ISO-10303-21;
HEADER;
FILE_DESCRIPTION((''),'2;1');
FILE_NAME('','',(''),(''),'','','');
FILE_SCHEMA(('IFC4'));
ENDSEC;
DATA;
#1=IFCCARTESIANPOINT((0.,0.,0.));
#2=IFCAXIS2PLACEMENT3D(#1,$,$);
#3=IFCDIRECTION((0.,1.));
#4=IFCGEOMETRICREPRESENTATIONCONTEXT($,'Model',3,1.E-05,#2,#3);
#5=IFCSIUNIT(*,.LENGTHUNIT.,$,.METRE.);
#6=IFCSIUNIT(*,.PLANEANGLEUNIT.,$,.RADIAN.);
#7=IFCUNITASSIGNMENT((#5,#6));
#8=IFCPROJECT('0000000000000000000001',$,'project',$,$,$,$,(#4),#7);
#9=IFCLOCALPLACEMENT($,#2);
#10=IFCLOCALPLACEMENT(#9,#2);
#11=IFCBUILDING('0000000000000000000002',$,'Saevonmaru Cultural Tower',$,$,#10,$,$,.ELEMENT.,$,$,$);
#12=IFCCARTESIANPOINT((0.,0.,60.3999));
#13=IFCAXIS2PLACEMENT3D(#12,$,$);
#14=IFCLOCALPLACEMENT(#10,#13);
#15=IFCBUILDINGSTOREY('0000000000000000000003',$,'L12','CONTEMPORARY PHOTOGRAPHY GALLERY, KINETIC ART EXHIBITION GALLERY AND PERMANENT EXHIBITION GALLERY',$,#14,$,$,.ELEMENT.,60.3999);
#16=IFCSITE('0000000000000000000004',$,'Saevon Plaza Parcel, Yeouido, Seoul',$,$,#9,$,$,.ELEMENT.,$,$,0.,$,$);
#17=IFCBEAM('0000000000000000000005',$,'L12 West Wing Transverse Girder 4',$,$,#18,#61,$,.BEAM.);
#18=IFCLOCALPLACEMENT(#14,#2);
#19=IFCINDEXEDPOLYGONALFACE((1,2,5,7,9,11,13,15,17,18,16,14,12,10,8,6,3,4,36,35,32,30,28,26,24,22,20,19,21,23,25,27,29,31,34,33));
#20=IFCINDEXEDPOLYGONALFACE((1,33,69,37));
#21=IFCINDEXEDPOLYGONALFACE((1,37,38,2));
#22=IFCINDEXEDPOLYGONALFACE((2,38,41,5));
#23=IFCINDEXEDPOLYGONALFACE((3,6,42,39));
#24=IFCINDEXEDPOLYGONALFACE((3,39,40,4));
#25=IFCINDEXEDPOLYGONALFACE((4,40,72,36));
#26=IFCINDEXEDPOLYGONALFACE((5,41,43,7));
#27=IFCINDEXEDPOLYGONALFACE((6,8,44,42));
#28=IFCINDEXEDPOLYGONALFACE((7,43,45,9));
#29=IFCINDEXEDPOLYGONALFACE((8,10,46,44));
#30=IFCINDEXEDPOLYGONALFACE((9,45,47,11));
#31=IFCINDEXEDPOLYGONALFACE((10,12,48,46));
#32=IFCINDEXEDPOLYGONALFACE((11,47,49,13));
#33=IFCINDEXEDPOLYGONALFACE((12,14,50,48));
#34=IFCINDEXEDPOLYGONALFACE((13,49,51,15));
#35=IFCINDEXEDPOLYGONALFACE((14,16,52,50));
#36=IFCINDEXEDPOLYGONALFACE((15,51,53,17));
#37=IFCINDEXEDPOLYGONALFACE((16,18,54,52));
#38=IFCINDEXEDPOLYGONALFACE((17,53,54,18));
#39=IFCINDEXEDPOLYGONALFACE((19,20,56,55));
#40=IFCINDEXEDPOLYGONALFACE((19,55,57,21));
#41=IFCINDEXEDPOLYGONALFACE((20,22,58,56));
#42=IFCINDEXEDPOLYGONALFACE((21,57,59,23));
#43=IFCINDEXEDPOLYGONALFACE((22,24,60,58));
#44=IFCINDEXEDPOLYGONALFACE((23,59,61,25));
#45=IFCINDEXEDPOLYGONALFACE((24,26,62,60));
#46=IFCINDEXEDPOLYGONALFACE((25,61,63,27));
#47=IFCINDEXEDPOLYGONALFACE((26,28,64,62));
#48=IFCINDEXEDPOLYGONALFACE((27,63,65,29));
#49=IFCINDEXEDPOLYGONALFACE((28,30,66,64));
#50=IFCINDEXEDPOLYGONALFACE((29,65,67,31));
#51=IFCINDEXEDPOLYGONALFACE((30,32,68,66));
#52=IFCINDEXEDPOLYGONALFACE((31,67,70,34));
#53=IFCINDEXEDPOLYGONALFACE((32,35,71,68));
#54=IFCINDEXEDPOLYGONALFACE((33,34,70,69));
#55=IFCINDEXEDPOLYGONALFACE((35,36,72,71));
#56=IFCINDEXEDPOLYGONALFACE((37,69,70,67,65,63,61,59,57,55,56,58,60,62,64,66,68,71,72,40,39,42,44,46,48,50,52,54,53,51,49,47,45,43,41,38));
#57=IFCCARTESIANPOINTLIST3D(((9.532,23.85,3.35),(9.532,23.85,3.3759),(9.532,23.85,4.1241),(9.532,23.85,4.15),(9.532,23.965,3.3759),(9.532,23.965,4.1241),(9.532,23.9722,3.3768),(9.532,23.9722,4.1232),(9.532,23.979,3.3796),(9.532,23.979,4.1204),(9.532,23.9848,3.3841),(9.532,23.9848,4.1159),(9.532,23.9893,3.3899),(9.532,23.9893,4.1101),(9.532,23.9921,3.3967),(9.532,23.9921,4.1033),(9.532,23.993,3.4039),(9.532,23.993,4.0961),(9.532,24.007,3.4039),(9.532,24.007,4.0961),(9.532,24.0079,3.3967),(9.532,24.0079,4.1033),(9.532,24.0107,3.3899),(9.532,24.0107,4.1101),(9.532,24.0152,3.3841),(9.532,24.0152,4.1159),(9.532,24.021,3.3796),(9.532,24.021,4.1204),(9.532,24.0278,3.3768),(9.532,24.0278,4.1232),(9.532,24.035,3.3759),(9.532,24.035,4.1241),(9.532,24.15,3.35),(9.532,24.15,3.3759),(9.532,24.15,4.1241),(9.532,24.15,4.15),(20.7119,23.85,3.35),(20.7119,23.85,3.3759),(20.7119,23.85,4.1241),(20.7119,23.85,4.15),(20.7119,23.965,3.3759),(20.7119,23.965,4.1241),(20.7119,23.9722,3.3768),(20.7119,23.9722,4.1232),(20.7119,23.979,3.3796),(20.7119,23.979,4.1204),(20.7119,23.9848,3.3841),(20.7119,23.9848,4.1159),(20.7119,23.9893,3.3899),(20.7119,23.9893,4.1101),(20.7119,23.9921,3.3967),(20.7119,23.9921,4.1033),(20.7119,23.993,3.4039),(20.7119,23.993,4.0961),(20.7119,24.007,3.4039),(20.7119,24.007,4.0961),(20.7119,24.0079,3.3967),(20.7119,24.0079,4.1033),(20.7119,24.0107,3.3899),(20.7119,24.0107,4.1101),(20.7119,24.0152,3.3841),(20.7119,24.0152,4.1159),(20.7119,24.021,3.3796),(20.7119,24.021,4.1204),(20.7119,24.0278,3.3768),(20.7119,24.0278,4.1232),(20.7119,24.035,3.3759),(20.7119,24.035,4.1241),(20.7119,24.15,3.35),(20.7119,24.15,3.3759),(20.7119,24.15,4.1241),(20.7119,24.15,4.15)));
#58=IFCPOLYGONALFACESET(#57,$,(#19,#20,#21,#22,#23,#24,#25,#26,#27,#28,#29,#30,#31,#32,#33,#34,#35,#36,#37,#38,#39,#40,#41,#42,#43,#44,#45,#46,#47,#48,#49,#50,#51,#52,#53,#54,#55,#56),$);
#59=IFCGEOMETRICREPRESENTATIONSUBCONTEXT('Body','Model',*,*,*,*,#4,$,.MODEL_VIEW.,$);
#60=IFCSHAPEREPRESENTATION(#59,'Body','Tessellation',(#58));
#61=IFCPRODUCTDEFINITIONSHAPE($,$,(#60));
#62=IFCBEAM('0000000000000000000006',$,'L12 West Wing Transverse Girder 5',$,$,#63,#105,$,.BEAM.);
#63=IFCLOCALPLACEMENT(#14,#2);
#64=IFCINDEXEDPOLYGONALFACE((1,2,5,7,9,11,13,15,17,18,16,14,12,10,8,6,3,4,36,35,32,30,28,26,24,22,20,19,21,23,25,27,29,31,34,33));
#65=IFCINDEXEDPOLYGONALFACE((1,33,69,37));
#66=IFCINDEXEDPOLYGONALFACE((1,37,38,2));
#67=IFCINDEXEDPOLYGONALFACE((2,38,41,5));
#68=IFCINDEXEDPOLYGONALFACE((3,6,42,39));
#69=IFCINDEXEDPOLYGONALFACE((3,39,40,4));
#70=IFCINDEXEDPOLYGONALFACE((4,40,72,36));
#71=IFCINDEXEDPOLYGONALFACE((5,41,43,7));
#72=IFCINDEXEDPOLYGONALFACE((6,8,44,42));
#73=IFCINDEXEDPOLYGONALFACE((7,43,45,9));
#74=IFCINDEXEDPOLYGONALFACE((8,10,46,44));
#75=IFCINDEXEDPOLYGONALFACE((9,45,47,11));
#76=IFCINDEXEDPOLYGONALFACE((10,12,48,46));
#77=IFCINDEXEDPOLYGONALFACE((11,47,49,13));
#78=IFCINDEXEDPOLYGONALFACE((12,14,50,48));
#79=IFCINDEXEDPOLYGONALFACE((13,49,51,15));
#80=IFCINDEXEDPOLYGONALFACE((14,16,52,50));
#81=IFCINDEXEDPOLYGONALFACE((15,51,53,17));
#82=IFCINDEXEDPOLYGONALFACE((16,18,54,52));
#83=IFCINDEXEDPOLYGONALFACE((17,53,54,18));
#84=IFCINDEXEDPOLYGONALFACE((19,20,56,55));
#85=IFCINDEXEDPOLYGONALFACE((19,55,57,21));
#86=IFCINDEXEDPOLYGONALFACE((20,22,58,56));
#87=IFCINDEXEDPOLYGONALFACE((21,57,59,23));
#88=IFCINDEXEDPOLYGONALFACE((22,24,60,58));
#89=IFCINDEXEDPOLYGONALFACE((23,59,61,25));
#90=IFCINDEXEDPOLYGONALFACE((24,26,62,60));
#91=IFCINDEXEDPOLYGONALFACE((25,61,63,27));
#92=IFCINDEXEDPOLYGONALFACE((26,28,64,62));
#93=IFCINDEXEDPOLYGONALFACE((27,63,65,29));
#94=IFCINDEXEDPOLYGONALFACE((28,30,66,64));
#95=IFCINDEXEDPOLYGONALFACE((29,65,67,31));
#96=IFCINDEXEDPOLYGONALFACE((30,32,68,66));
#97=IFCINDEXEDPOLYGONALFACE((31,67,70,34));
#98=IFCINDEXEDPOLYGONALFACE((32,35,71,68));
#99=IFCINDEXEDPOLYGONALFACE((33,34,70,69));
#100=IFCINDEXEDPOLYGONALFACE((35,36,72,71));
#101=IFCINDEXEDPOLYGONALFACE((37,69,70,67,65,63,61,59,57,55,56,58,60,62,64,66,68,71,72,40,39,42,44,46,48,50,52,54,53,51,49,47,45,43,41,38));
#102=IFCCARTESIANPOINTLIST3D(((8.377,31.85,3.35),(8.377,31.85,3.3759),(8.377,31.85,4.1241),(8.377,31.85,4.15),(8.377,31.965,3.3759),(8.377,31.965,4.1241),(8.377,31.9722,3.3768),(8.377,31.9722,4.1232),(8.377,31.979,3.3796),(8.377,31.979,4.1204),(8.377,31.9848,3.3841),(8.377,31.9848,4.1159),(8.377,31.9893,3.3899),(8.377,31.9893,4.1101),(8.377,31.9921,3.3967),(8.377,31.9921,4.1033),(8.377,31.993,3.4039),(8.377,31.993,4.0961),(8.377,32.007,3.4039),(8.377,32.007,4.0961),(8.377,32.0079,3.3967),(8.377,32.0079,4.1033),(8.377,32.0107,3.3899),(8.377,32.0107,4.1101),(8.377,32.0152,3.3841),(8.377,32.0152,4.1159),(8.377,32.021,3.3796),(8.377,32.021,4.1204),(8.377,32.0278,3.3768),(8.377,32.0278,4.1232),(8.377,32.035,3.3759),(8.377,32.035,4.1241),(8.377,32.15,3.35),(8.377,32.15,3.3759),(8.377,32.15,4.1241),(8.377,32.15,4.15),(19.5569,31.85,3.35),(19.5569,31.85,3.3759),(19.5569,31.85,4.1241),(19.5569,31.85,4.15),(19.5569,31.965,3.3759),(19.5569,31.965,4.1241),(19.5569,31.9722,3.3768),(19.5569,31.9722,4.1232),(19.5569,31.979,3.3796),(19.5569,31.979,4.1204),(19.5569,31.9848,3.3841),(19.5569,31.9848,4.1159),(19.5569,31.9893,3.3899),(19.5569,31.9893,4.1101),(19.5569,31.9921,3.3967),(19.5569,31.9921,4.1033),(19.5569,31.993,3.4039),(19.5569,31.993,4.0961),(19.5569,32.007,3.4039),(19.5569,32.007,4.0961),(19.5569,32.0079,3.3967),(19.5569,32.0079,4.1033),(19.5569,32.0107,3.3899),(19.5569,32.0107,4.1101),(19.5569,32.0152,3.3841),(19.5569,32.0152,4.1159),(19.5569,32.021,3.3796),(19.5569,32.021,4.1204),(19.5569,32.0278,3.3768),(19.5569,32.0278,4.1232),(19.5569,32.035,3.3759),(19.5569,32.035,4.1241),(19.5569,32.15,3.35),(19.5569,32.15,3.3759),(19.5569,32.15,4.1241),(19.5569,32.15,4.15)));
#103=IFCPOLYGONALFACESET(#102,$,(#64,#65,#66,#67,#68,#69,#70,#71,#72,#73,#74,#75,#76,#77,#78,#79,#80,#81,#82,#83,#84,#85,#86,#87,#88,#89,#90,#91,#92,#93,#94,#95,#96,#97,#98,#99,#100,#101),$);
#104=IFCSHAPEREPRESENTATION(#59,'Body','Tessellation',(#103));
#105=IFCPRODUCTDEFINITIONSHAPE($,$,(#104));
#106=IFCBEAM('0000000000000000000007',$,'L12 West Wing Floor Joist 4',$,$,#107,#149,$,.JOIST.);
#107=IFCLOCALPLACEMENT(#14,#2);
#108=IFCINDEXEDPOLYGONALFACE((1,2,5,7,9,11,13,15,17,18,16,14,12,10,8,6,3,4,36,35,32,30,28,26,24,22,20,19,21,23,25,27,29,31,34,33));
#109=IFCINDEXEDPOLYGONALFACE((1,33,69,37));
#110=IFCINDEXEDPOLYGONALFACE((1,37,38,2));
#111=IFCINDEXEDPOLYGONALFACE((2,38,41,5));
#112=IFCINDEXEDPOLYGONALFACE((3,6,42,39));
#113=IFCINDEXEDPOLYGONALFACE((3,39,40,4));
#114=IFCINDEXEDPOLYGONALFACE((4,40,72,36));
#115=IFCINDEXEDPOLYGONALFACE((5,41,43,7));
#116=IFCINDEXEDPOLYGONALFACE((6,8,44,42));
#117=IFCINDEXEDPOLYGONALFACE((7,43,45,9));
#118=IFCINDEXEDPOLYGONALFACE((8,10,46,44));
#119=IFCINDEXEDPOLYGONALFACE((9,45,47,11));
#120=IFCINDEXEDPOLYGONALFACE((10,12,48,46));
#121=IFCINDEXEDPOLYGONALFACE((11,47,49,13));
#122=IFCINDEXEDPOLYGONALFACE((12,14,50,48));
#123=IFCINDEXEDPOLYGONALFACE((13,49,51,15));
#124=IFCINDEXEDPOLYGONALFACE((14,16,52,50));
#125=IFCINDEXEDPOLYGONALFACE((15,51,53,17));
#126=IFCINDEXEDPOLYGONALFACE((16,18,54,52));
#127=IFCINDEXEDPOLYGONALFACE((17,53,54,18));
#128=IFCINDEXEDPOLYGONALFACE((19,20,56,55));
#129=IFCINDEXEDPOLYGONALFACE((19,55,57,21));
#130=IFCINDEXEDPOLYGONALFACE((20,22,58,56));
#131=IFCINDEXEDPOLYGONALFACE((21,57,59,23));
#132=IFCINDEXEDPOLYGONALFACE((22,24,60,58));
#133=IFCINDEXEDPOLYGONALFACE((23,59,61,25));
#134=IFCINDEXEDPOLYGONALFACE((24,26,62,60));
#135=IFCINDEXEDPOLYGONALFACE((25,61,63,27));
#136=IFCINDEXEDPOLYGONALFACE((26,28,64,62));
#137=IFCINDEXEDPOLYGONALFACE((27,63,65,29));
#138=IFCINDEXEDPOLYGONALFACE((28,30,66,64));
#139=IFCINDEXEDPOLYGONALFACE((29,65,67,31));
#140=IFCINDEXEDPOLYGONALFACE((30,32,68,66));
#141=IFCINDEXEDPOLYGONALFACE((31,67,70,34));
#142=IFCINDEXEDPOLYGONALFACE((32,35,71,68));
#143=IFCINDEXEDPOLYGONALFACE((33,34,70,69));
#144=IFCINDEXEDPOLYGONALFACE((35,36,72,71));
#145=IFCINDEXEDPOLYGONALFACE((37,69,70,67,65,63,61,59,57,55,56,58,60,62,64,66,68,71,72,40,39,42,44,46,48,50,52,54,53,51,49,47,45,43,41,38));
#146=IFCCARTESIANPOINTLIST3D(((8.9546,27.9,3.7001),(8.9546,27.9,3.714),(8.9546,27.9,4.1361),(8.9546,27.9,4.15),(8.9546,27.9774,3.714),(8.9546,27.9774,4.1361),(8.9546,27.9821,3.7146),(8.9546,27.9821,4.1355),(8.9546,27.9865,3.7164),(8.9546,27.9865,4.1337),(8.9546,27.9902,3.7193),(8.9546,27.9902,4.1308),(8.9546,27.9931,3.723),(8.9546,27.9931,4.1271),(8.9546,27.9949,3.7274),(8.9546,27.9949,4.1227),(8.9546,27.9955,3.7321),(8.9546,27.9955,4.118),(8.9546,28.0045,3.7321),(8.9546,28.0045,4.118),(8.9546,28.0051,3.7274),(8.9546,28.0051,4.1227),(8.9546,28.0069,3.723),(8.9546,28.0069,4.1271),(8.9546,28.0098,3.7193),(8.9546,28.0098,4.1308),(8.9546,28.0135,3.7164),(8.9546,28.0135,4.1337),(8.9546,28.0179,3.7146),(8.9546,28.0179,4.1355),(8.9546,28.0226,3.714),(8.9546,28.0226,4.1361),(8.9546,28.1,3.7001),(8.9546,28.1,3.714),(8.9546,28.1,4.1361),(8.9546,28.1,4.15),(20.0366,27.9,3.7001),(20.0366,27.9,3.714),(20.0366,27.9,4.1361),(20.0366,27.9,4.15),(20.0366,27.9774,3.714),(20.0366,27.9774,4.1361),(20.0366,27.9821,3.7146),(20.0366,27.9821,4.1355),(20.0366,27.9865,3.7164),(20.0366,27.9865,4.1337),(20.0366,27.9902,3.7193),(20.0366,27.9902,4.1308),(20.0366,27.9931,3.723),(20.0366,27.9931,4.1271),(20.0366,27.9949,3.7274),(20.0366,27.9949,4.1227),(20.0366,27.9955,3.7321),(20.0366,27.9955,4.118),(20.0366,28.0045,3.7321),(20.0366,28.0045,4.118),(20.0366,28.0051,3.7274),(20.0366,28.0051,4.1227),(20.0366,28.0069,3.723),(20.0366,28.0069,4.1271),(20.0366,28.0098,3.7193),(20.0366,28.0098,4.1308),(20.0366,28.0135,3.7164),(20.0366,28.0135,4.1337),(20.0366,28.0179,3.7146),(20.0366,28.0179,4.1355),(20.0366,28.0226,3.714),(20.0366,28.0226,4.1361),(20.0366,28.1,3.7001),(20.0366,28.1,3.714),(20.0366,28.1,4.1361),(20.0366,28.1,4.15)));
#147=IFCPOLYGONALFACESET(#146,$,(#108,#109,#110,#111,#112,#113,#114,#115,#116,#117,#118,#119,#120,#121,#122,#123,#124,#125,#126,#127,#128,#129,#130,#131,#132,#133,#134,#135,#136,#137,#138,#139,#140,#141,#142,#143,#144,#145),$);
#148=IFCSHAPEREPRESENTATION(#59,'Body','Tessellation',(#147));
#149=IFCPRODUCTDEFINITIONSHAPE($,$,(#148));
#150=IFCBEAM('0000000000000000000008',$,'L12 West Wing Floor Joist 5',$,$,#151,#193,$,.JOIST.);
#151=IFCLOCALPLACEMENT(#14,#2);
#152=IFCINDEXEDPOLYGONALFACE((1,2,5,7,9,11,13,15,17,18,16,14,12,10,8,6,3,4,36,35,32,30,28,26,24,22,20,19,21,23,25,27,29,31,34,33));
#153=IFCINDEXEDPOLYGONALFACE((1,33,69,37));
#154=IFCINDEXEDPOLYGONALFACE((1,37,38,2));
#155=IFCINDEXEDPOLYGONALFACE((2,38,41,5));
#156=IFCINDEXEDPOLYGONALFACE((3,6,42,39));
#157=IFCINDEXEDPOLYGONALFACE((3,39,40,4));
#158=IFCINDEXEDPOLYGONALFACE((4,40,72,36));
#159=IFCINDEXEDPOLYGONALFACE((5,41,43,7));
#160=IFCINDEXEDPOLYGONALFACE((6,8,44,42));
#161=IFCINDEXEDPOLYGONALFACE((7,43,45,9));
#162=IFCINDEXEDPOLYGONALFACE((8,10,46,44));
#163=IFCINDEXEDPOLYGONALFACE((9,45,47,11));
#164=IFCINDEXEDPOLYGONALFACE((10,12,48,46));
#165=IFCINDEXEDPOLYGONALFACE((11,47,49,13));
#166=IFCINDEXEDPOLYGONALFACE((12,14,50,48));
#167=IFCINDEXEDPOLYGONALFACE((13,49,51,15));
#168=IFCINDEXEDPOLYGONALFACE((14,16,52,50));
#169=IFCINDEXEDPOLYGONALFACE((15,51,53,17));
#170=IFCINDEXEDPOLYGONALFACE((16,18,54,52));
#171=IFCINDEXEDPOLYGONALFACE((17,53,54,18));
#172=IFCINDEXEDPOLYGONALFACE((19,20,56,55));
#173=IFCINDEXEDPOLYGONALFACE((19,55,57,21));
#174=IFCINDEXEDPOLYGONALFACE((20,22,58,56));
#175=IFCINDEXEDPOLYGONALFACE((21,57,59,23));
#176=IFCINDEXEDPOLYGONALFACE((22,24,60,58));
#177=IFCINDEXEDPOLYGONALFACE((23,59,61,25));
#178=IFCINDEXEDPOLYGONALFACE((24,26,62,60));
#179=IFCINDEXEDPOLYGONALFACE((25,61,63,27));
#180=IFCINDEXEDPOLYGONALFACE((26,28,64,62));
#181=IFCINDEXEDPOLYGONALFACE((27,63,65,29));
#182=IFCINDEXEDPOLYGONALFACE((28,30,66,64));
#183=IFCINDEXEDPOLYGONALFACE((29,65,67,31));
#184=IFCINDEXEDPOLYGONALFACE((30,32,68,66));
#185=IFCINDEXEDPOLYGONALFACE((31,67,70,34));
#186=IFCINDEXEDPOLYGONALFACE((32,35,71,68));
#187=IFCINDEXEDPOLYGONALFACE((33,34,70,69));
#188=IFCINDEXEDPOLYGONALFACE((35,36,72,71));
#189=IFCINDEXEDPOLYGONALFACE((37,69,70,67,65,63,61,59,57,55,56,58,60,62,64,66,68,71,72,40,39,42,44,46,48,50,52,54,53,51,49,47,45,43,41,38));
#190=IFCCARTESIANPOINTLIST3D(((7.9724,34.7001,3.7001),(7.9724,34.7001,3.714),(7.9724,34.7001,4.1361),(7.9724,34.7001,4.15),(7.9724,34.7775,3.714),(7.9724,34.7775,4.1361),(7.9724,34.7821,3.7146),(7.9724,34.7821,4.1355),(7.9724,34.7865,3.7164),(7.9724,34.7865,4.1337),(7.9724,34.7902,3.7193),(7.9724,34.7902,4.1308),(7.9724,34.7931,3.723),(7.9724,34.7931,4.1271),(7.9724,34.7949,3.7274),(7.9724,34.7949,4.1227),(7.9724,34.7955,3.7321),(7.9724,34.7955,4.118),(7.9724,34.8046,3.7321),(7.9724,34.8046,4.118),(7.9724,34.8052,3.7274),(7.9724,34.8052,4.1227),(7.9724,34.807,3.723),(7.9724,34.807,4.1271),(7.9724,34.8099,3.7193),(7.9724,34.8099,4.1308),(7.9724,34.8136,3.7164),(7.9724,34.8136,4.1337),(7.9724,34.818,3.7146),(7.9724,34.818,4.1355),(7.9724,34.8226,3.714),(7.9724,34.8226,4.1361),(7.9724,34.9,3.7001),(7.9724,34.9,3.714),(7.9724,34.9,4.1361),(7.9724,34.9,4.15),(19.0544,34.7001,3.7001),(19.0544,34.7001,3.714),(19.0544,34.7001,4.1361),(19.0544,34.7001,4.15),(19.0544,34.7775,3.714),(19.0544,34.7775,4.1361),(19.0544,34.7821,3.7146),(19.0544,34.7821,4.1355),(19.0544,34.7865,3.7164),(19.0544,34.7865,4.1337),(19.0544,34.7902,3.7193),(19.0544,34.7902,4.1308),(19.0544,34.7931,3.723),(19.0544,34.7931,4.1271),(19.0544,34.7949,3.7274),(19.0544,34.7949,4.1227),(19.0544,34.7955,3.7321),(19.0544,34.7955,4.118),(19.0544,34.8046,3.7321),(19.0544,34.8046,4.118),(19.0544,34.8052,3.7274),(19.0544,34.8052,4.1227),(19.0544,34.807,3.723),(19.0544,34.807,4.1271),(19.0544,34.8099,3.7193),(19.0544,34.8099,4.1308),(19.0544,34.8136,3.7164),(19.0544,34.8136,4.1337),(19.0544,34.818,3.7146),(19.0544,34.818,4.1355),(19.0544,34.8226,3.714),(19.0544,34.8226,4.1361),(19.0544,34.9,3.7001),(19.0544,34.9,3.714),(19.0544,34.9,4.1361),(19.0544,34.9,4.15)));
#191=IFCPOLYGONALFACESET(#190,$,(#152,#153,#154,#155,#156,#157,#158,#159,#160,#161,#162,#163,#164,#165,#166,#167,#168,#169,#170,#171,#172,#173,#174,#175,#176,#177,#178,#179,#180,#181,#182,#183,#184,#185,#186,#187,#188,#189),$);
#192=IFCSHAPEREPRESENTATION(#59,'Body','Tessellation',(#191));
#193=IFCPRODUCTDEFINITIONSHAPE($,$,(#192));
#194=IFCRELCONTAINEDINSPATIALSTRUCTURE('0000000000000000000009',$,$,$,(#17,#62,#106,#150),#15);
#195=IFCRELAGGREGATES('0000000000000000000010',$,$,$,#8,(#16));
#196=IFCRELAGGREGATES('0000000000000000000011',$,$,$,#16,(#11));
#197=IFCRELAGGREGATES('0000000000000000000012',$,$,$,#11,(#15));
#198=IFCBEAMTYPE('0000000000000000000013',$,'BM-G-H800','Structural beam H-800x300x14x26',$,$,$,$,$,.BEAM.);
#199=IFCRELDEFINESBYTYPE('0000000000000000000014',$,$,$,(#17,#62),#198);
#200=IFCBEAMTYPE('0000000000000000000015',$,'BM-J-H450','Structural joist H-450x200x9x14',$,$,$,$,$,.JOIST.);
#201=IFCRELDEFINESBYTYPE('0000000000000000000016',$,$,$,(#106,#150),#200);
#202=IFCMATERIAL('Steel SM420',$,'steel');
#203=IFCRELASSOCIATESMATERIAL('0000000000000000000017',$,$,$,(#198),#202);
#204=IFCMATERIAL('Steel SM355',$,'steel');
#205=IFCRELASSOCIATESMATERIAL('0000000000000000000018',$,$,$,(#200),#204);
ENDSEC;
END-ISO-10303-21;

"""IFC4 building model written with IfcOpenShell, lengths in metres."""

from ifc_helpers import new_model, si_unit, direction, frame, origin, origin_2d, place, context, subcontext, project, spatial, i_section, extrude, material, material_profile, profile_set, type_object, element, save


model = new_model("IFC4")

# Units and contexts
model_context = context("Model", 3, precision=1e-05, world=origin(), true_north=direction((0.0, 1.0)))
body_context = subcontext(model_context, "Body", "Model", "MODEL_VIEW")
ifc_project = project(units=[si_unit("LENGTHUNIT", "METRE"), si_unit("PLANEANGLEUNIT", "RADIAN")], contexts=[model_context])

# Site, building, storey
site_placement = place(None, origin())
site = spatial("IfcSite", under=ifc_project, at=site_placement, Name="Saevon Plaza Parcel, Yeouido, Seoul", CompositionType="ELEMENT", RefElevation=0.0)
building_placement = place(site_placement, origin())
building = spatial("IfcBuilding", under=site, at=building_placement, Name="Saevonmaru Cultural Tower", CompositionType="ELEMENT")
storey_placement = place(building_placement, frame((0.0, 0.0, 60.3999)))
storey = spatial("IfcBuildingStorey", under=building, at=storey_placement, Name="L12", Description="CONTEMPORARY PHOTOGRAPHY GALLERY, KINETIC ART EXHIBITION GALLERY AND PERMANENT EXHIBITION GALLERY", CompositionType="ELEMENT", Elevation=60.3999)

# Shared definitions
ifc_material_1 = material(Name="Steel SM420", Category="steel")

# Beams
ifc_material_profile_1 = material_profile(ifc_material_1, i_section(OverallWidth=0.3, OverallDepth=0.8, WebThickness=0.0139, FlangeThickness=0.0259, FilletRadius=0.0281, at=origin_2d()), Name="H-800x300x14x26")
ifc_profile_set_1 = profile_set([ifc_material_profile_1], Name="Steel SM420")
beam_type_1 = type_object("IfcBeamType", Name="BM-G-H800", Description="Structural beam H-800x300x14x26", PredefinedType="BEAM", material=ifc_profile_set_1)
for number, where, z_axis, x_axis, name in (
    (1, (9.532, 24.0, 3.75), (1.0, 0.0, 0.0), (0.0, 1.0, 0.0), "L12 West Wing Transverse Girder 4"),
    (2, (8.377, 32.0, 3.75), (1.0, 0.0, 0.0), (0.0, 1.0, 0.0), "L12 West Wing Transverse Girder 5"),
):
    element("IfcBeam", number, at=place(storey_placement, frame(where, z_axis=z_axis, x_axis=x_axis)), inside=storey, type_object=beam_type_1, Name=name, PredefinedType="BEAM", context=body_context, shape_type="SweptSolid", body=[
        extrude(i_section(OverallWidth=0.3, OverallDepth=0.8, WebThickness=0.0139, FlangeThickness=0.0259, FilletRadius=0.0281, at=origin_2d()), origin(), (0.0, 0.0, 1.0), 11.1799),
    ])
ifc_material_2 = material(Name="Steel SM355", Category="steel")
ifc_material_profile_2 = material_profile(ifc_material_2, i_section(OverallWidth=0.2, OverallDepth=0.45, WebThickness=0.009, FlangeThickness=0.0139, FilletRadius=0.0181, at=origin_2d()), Name="H-450x200x9x14")
ifc_profile_set_2 = profile_set([ifc_material_profile_2], Name="Steel SM355")
beam_type_2 = type_object("IfcBeamType", Name="BM-J-H450", Description="Structural joist H-450x200x9x14", PredefinedType="JOIST", material=ifc_profile_set_2)
for number, where, z_axis, x_axis, name in (
    (3, (8.9546, 28.0, 3.925), (1.0, 0.0, 0.0), (0.0, 1.0, 0.0), "L12 West Wing Floor Joist 4"),
    (4, (7.9724, 34.8, 3.925), (1.0, 0.0, 0.0), (0.0, 1.0, 0.0), "L12 West Wing Floor Joist 5"),
):
    element("IfcBeam", number, at=place(storey_placement, frame(where, z_axis=z_axis, x_axis=x_axis)), inside=storey, type_object=beam_type_2, Name=name, PredefinedType="JOIST", context=body_context, shape_type="SweptSolid", body=[
        extrude(i_section(OverallWidth=0.2, OverallDepth=0.45, WebThickness=0.009, FlangeThickness=0.0139, FilletRadius=0.0181, at=origin_2d()), origin(), (0.0, 0.0, 1.0), 11.082),
    ])

save(model, "model.ifc")
